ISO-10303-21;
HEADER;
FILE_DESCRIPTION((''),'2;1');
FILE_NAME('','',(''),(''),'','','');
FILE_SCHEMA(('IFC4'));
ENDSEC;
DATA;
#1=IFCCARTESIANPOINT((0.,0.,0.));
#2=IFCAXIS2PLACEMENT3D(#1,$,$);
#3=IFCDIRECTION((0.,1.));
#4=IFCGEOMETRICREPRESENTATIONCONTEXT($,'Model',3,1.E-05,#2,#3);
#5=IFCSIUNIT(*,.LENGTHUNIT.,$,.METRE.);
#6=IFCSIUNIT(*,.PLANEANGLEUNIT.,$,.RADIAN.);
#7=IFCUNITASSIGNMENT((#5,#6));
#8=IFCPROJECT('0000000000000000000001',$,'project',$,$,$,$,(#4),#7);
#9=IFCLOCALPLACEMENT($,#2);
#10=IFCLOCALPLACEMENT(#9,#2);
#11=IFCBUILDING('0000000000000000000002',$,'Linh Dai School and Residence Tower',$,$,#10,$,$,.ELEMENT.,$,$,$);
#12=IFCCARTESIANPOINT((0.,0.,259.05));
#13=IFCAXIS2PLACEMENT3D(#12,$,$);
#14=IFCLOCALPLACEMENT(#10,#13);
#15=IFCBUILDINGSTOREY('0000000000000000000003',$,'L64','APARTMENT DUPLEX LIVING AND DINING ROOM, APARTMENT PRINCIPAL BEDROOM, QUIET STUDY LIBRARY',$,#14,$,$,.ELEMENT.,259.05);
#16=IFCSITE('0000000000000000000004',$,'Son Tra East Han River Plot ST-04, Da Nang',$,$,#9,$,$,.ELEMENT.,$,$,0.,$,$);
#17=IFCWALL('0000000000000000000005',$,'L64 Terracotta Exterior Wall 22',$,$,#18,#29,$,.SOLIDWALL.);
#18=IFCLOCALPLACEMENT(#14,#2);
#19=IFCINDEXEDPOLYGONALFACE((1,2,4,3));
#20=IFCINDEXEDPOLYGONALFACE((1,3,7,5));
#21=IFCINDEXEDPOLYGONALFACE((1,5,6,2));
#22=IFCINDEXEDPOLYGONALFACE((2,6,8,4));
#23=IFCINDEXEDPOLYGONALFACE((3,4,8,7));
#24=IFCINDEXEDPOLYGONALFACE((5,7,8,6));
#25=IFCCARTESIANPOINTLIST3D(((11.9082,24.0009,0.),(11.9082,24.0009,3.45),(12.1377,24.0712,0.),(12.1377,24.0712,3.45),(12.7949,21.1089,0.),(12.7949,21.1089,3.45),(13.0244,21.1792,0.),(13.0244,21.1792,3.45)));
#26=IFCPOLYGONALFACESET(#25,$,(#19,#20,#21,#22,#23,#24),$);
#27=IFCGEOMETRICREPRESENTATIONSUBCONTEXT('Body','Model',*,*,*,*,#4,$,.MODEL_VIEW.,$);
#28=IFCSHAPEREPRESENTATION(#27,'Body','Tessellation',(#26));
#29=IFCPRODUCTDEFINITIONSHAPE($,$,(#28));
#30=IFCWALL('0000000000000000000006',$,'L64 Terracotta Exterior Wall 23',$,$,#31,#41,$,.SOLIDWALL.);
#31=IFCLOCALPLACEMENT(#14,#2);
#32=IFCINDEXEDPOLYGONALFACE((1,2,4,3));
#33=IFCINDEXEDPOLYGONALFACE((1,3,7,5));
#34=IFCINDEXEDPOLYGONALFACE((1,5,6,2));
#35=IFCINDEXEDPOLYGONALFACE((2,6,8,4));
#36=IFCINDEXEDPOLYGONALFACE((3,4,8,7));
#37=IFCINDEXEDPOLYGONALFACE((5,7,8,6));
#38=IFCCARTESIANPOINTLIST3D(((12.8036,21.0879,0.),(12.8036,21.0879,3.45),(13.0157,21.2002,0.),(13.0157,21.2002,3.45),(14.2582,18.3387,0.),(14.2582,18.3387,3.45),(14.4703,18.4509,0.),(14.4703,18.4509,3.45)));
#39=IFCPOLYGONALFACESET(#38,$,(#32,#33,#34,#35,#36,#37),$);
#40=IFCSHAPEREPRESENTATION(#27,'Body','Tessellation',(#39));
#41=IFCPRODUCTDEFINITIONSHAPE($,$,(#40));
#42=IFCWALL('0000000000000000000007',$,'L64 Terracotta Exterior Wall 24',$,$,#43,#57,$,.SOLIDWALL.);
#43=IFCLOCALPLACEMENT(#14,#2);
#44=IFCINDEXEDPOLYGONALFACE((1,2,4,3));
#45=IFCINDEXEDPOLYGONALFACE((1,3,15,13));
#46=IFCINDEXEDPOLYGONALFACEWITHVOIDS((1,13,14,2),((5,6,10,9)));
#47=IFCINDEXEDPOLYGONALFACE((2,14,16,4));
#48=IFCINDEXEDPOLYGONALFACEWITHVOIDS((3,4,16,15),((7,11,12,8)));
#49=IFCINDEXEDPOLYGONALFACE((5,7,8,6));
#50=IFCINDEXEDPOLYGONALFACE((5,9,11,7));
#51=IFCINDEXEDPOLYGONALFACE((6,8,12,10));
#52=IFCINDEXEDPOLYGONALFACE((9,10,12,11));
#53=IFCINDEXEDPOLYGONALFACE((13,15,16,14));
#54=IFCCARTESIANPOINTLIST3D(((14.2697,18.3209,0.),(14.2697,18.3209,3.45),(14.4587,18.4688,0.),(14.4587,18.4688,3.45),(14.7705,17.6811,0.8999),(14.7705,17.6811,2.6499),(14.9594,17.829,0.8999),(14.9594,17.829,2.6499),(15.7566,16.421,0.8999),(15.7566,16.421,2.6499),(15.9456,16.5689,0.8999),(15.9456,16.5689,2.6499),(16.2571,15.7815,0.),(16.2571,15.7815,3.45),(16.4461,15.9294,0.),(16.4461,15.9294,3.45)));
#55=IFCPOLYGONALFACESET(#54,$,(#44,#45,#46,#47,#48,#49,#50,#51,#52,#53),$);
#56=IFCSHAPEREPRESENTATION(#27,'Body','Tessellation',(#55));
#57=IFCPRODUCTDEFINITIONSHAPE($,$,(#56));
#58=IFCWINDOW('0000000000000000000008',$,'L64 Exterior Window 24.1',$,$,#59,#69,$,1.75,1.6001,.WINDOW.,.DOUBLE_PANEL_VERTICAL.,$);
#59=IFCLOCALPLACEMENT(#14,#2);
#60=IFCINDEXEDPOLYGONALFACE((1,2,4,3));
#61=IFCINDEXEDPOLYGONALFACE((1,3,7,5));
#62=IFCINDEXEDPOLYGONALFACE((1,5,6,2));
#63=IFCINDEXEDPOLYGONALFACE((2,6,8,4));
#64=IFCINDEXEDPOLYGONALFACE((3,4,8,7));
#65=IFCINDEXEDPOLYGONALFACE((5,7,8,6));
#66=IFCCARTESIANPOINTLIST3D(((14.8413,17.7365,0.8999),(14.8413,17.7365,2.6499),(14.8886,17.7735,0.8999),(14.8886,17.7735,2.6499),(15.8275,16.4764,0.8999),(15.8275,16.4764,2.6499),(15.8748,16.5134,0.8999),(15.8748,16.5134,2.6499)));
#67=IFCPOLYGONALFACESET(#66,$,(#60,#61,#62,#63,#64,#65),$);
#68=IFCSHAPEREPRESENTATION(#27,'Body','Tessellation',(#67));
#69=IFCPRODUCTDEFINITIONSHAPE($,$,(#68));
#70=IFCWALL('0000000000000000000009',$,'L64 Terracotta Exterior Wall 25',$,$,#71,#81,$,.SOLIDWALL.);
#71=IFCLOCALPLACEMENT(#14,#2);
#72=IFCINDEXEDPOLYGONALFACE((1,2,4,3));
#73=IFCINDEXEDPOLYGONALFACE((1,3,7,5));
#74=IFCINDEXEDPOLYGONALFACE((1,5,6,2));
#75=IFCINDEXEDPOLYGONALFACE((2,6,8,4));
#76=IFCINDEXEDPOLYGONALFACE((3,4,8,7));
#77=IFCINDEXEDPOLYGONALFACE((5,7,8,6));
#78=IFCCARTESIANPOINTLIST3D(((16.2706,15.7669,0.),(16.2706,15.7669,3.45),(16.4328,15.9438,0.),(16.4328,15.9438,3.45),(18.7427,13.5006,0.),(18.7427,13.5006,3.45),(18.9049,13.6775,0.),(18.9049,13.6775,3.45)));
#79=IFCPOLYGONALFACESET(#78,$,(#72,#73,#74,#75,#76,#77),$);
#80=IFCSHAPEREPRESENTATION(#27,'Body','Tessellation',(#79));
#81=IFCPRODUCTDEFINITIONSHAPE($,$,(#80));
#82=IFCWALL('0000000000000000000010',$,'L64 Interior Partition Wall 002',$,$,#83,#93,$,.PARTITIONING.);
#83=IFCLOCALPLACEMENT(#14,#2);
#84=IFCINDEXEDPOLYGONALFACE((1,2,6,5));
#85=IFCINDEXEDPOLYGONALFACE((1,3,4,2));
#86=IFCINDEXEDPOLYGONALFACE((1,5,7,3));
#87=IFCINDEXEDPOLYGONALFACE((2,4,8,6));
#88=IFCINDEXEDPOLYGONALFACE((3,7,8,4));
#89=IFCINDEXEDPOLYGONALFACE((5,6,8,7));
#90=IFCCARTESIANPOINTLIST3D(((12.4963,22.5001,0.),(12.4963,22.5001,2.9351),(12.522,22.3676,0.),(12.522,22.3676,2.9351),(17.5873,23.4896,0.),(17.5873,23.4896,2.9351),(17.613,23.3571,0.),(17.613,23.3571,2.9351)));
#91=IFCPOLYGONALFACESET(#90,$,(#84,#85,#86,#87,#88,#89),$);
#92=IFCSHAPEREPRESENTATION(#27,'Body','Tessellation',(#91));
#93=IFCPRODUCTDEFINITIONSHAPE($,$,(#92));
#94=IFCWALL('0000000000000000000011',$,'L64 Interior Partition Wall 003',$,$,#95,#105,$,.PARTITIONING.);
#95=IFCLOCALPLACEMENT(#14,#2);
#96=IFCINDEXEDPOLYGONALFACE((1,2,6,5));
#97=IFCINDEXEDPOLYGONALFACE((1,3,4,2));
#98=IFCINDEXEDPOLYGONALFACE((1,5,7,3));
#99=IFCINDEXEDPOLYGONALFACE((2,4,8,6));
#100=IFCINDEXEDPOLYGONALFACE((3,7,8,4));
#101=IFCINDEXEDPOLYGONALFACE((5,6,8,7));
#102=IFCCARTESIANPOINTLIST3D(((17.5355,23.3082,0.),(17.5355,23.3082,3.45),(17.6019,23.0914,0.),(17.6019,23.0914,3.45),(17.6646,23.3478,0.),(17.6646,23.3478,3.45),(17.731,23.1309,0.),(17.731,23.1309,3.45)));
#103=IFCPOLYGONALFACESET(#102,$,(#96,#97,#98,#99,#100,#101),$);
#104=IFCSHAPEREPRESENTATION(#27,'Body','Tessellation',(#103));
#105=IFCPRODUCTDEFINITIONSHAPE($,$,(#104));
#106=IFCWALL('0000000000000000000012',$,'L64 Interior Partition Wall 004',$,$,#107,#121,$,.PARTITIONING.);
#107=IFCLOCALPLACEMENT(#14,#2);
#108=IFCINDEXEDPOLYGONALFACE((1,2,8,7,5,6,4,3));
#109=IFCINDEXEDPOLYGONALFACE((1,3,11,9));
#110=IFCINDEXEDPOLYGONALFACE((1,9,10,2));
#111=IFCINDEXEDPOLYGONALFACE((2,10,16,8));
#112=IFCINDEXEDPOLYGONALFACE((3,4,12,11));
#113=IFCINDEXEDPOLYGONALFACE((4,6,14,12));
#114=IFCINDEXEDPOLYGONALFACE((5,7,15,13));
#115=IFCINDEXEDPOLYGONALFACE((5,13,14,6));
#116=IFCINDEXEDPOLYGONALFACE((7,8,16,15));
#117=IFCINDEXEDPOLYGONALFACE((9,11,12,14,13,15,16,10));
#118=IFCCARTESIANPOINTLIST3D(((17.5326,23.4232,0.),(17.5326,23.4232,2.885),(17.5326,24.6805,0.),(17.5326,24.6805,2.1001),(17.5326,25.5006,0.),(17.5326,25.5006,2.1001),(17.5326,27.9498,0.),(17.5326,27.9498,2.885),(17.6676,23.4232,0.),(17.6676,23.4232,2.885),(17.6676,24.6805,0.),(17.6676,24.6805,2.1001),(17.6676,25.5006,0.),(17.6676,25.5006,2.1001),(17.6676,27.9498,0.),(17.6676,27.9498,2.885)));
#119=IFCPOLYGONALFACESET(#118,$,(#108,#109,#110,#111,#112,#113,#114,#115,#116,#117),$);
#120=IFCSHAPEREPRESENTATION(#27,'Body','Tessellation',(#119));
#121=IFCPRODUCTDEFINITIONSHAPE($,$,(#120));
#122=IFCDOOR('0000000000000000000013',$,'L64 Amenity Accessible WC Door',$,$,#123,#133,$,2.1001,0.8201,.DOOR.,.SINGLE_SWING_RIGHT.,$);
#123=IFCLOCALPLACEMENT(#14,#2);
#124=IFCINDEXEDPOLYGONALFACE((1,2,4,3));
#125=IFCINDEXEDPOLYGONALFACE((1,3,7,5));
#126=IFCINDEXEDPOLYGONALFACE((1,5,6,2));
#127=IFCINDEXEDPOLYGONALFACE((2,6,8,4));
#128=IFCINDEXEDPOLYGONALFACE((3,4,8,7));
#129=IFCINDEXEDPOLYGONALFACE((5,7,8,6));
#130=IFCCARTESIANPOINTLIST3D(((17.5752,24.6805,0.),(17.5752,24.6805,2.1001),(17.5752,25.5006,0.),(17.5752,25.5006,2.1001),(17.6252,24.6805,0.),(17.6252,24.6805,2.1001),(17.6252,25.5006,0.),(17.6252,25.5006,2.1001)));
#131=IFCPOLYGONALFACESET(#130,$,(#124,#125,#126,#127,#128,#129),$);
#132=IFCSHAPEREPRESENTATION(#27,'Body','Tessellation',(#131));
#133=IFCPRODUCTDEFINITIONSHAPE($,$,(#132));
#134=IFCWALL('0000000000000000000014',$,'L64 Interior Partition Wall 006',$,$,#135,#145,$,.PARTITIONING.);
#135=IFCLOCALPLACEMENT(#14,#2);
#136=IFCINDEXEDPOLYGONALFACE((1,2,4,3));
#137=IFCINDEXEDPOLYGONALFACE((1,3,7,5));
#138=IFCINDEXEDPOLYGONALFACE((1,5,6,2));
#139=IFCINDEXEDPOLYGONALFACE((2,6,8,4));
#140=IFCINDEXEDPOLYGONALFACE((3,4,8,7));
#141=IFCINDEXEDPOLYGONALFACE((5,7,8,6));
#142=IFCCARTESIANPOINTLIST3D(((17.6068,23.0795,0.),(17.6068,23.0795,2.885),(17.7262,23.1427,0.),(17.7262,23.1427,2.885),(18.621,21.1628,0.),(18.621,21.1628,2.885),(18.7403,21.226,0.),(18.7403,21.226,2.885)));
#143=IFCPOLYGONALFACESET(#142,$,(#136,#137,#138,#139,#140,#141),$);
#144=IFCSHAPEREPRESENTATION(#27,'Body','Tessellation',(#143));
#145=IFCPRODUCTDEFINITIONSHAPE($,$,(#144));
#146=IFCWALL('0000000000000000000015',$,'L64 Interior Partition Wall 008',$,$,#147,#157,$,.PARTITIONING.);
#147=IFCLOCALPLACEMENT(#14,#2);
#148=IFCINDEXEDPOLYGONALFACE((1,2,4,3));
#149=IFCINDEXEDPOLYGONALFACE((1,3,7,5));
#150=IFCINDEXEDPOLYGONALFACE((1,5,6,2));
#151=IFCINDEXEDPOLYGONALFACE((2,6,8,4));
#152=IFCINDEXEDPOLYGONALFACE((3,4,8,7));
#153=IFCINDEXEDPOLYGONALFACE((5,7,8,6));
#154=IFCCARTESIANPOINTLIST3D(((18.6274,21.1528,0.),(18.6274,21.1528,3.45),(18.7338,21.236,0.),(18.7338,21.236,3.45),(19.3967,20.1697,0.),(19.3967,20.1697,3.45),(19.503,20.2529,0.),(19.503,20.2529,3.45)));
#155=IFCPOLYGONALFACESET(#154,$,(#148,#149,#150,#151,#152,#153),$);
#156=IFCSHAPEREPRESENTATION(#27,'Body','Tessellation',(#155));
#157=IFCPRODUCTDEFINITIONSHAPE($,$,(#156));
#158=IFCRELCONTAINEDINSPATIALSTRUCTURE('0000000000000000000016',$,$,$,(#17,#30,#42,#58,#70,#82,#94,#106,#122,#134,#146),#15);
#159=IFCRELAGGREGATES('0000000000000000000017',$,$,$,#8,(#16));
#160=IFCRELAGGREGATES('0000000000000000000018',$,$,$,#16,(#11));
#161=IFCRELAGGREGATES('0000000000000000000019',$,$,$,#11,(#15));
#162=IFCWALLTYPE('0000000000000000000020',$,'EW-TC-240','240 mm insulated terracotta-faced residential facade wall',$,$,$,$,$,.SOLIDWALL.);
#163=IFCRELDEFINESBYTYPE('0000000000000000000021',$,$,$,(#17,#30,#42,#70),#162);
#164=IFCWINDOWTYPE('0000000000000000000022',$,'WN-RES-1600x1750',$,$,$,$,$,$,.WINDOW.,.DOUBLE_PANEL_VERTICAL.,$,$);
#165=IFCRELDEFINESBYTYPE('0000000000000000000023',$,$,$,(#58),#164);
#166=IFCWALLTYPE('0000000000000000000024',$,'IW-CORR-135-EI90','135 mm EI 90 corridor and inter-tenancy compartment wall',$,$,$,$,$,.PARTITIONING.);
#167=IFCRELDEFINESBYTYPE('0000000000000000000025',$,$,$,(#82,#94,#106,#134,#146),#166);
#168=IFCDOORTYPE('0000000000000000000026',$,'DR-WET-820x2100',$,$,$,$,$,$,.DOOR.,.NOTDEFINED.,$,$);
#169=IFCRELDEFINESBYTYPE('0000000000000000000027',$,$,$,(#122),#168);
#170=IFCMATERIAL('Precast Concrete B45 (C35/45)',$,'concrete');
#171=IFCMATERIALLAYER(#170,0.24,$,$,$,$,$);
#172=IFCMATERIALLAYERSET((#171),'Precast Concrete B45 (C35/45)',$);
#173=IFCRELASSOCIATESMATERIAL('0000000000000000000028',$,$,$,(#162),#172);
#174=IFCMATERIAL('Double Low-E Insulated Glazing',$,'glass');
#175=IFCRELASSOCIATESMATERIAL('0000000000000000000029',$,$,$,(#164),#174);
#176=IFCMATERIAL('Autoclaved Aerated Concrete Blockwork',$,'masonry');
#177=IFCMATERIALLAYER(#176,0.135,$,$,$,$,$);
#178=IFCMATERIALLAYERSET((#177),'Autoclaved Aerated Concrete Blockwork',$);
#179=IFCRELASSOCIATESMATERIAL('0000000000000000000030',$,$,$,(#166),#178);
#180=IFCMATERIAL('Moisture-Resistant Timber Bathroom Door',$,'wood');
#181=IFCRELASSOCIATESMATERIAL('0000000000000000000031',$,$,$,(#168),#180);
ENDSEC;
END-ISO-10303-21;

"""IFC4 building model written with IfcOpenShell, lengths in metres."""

from ifc_helpers import new_model, si_unit, direction, frame, frame_2d, origin, origin_2d, place, context, subcontext, project, spatial, rectangle, extrude, source, transform, mapped, material, layer, layer_set, type_object, element, fill, save


model = new_model("IFC4")

# Units and contexts
model_context = context("Model", 3, precision=1e-05, world=origin(), true_north=direction((0.0, 1.0)))
body_context = subcontext(model_context, "Body", "Model", "MODEL_VIEW")
ifc_project = project(units=[si_unit("LENGTHUNIT", "METRE"), si_unit("PLANEANGLEUNIT", "RADIAN")], contexts=[model_context])

# Site, building, storey
site_placement = place(None, origin())
site = spatial("IfcSite", under=ifc_project, at=site_placement, Name="Son Tra East Han River Plot ST-04, Da Nang", CompositionType="ELEMENT", RefElevation=0.0)
building_placement = place(site_placement, origin())
building = spatial("IfcBuilding", under=site, at=building_placement, Name="Linh Dai School and Residence Tower", CompositionType="ELEMENT")
storey_placement = place(building_placement, frame((0.0, 0.0, 259.05)))
storey = spatial("IfcBuildingStorey", under=building, at=storey_placement, Name="L64", Description="APARTMENT DUPLEX LIVING AND DINING ROOM, APARTMENT PRINCIPAL BEDROOM, QUIET STUDY LIBRARY", CompositionType="ELEMENT", Elevation=259.05)

# Shared definitions
ifc_material_1 = material(Name="Precast Concrete B45 (C35/45)", Category="concrete")

# Walls
ifc_layer_1 = layer(ifc_material_1, 0.24)
ifc_layer_set_1 = layer_set([ifc_layer_1], Name="Precast Concrete B45 (C35/45)")
wall_type_1 = type_object("IfcWallType", Name="EW-TC-240", Description="240 mm insulated terracotta-faced residential facade wall", PredefinedType="SOLIDWALL", material=ifc_layer_set_1)
wall_1_placement = place(storey_placement, frame((12.9097, 21.144, 0.0), z_axis=(0.0, 0.0, 1.0), x_axis=(-0.293133, 0.956072, 0.0)))
element("IfcWall", 1, at=wall_1_placement, inside=storey, type_object=wall_type_1, Name="L64 Terracotta Exterior Wall 22", PredefinedType="SOLIDWALL", context=body_context, shape_type="SweptSolid", body=[
    extrude(rectangle(XDim=3.0249, YDim=0.24, at=frame_2d((1.5125, 0.0))), origin(), (0.0, 0.0, 1.0), 3.45),
])
wall_2_placement = place(storey_placement, frame((14.3643, 18.3948, 0.0), z_axis=(0.0, 0.0, 1.0), x_axis=(-0.46766, 0.883908, 0.0)))
element("IfcWall", 2, at=wall_2_placement, inside=storey, type_object=wall_type_1, Name="L64 Terracotta Exterior Wall 23", PredefinedType="SOLIDWALL", context=body_context, shape_type="SweptSolid", body=[
    extrude(rectangle(XDim=3.1104, YDim=0.24, at=frame_2d((1.5552, 0.0))), origin(), (0.0, 0.0, 1.0), 3.45),
])

# Wall, opening, window
wall_3_placement = place(storey_placement, frame((16.3516, 15.8555, 0.0), z_axis=(0.0, 0.0, 1.0), x_axis=(-0.616312, 0.787502, 0.0)))
wall_3 = element("IfcWall", 3, at=wall_3_placement, inside=storey, type_object=wall_type_1, Name="L64 Terracotta Exterior Wall 24", PredefinedType="SOLIDWALL", context=body_context, shape_type="SweptSolid", body=[
    extrude(rectangle(XDim=3.2246, YDim=0.24, at=frame_2d((1.6123, 0.0))), origin(), (0.0, 0.0, 1.0), 3.45),
])
opening_1_placement = place(wall_3_placement, frame((0.812, 0.0, 0.8999)))
opening_1 = element("IfcOpeningElement", 4, at=opening_1_placement, cuts=wall_3, PredefinedType="OPENING", context=body_context, shape_type="SweptSolid", body=[
    extrude(rectangle(XDim=1.6001, YDim=1.75, at=origin_2d()), frame((0.8, 0.1299, 0.875), z_axis=(0.0, -1.0, 0.0), x_axis=(1.0, 0.0, 0.0)), (0.0, 0.0, 1.0), 0.26),
])
ifc_material_2 = material(Name="Double Low-E Insulated Glazing", Category="glass")
window_type = type_object("IfcWindowType", Name="WN-RES-1600x1750", PartitioningType="DOUBLE_PANEL_VERTICAL", PredefinedType="WINDOW", material=ifc_material_2)
shared_shape_1 = source(origin(), body_context, "Body", "SweptSolid", [
    extrude(rectangle(XDim=1.6001, YDim=1.75, at=origin_2d()), frame((0.8, 0.03, 0.875), z_axis=(0.0, -1.0, 0.0), x_axis=(1.0, 0.0, 0.0)), (0.0, 0.0, 1.0), 0.0601),
])
window_placement = place(opening_1_placement, origin())
window = element("IfcWindow", 5, at=window_placement, inside=storey, type_object=window_type, Name="L64 Exterior Window 24.1", OverallHeight=1.75, OverallWidth=1.6001, PartitioningType="DOUBLE_PANEL_VERTICAL", PredefinedType="WINDOW", context=body_context, shape_type="MappedRepresentation", body=[
    mapped(shared_shape_1, transform((0.0, 0.0, 0.0), x_axis=(1.0, 0.0, 0.0), y_axis=(0.0, 1.0, 0.0), z_axis=(0.0, 0.0, 1.0), scale=1.0)),
])
fill(opening_1, window)

# Walls
wall_4_placement = place(storey_placement, frame((18.8237, 13.5891, 0.0), z_axis=(0.0, 0.0, 1.0), x_axis=(-0.737124, 0.675758, 0.0)))
element("IfcWall", 6, at=wall_4_placement, inside=storey, type_object=wall_type_1, Name="L64 Terracotta Exterior Wall 25", PredefinedType="SOLIDWALL", context=body_context, shape_type="SweptSolid", body=[
    extrude(rectangle(XDim=3.3538, YDim=0.24, at=frame_2d((1.6768, 0.0))), origin(), (0.0, 0.0, 1.0), 3.45),
])
ifc_material_3 = material(Name="Autoclaved Aerated Concrete Blockwork", Category="masonry")
ifc_layer_2 = layer(ifc_material_3, 0.135)
ifc_layer_set_2 = layer_set([ifc_layer_2], Name="Autoclaved Aerated Concrete Blockwork")
wall_type_2 = type_object("IfcWallType", Name="IW-CORR-135-EI90", Description="135 mm EI 90 corridor and inter-tenancy compartment wall", PredefinedType="PARTITIONING", material=ifc_layer_set_2)
wall_5_placement = place(storey_placement, frame((12.509, 22.4338, 0.0), z_axis=(0.0, 0.0, 1.0), x_axis=(0.981631, 0.19079, 0.0)))
element("IfcWall", 7, at=wall_5_placement, inside=storey, type_object=wall_type_2, Name="L64 Interior Partition Wall 002", PredefinedType="PARTITIONING", context=body_context, shape_type="SweptSolid", body=[
    extrude(rectangle(XDim=5.1863, YDim=0.135, at=frame_2d((2.5933, 0.0))), origin(), (0.0, 0.0, 1.0), 2.9351),
])
wall_6_placement = place(storey_placement, frame((17.6001, 23.3279, 0.0), z_axis=(0.0, 0.0, 1.0), x_axis=(0.292875, -0.956151, 0.0)))
element("IfcWall", 8, at=wall_6_placement, inside=storey, type_object=wall_type_2, Name="L64 Interior Partition Wall 003", PredefinedType="PARTITIONING", context=body_context, shape_type="SweptSolid", body=[
    extrude(rectangle(XDim=0.2268, YDim=0.135, at=frame_2d((0.1133, 0.0))), origin(), (0.0, 0.0, 1.0), 3.45),
])

# Wall, opening, door
wall_7_placement = place(storey_placement, frame((17.6001, 23.4233, 0.0), z_axis=(0.0, 0.0, 1.0), x_axis=(0.0, 1.0, 0.0)))
wall_7 = element("IfcWall", 9, at=wall_7_placement, inside=storey, type_object=wall_type_2, Name="L64 Interior Partition Wall 004", PredefinedType="PARTITIONING", context=body_context, shape_type="SweptSolid", body=[
    extrude(rectangle(XDim=4.5266, YDim=0.135, at=frame_2d((2.2632, 0.0))), origin(), (0.0, 0.0, 1.0), 2.885),
])
opening_2_placement = place(wall_7_placement, frame((1.2571, 0.0, 0.0)))
opening_2 = element("IfcOpeningElement", 10, at=opening_2_placement, cuts=wall_7, PredefinedType="OPENING", context=body_context, shape_type="SweptSolid", body=[
    extrude(rectangle(XDim=0.8201, YDim=2.1001, at=origin_2d()), frame((0.4102, 0.0776, 1.05), z_axis=(0.0, -1.0, 0.0), x_axis=(1.0, 0.0, 0.0)), (0.0, 0.0, 1.0), 0.155),
])
ifc_material_4 = material(Name="Moisture-Resistant Timber Bathroom Door", Category="wood")
door_type = type_object("IfcDoorType", Name="DR-WET-820x2100", OperationType="NOTDEFINED", PredefinedType="DOOR", material=ifc_material_4)
shared_shape_2 = source(origin(), body_context, "Body", "SweptSolid", [
    extrude(rectangle(XDim=0.8201, YDim=2.1001, at=origin_2d()), frame((0.4102, 0.0249, 1.05), z_axis=(0.0, -1.0, 0.0), x_axis=(1.0, 0.0, 0.0)), (0.0, 0.0, 1.0), 0.05),
])
door_placement = place(opening_2_placement, origin())
door = element("IfcDoor", 11, at=door_placement, inside=storey, type_object=door_type, Name="L64 Amenity Accessible WC Door", OperationType="SINGLE_SWING_RIGHT", OverallHeight=2.1001, OverallWidth=0.8201, PredefinedType="DOOR", context=body_context, shape_type="MappedRepresentation", body=[
    mapped(shared_shape_2, transform((0.0, 0.0, 0.0), x_axis=(1.0, 0.0, 0.0), y_axis=(0.0, 1.0, 0.0), z_axis=(0.0, 0.0, 1.0), scale=1.0)),
])
fill(opening_2, door)

# Walls
wall_8_placement = place(storey_placement, frame((17.6665, 23.1111, 0.0), z_axis=(0.0, 0.0, 1.0), x_axis=(0.467676, -0.8839, 0.0)))
element("IfcWall", 12, at=wall_8_placement, inside=storey, type_object=wall_type_2, Name="L64 Interior Partition Wall 006", PredefinedType="PARTITIONING", context=body_context, shape_type="SweptSolid", body=[
    extrude(rectangle(XDim=2.1685, YDim=0.135, at=frame_2d((1.0842, 0.0))), origin(), (0.0, 0.0, 1.0), 2.885),
])
wall_9_placement = place(storey_placement, frame((18.6807, 21.1943, 0.0), z_axis=(0.0, 0.0, 1.0), x_axis=(0.61624, -0.787559, 0.0)))
element("IfcWall", 13, at=wall_9_placement, inside=storey, type_object=wall_type_2, Name="L64 Interior Partition Wall 008", PredefinedType="PARTITIONING", context=body_context, shape_type="SweptSolid", body=[
    extrude(rectangle(XDim=1.2483, YDim=0.135, at=frame_2d((0.624, 0.0))), origin(), (0.0, 0.0, 1.0), 3.45),
])

save(model, "model.ifc")
